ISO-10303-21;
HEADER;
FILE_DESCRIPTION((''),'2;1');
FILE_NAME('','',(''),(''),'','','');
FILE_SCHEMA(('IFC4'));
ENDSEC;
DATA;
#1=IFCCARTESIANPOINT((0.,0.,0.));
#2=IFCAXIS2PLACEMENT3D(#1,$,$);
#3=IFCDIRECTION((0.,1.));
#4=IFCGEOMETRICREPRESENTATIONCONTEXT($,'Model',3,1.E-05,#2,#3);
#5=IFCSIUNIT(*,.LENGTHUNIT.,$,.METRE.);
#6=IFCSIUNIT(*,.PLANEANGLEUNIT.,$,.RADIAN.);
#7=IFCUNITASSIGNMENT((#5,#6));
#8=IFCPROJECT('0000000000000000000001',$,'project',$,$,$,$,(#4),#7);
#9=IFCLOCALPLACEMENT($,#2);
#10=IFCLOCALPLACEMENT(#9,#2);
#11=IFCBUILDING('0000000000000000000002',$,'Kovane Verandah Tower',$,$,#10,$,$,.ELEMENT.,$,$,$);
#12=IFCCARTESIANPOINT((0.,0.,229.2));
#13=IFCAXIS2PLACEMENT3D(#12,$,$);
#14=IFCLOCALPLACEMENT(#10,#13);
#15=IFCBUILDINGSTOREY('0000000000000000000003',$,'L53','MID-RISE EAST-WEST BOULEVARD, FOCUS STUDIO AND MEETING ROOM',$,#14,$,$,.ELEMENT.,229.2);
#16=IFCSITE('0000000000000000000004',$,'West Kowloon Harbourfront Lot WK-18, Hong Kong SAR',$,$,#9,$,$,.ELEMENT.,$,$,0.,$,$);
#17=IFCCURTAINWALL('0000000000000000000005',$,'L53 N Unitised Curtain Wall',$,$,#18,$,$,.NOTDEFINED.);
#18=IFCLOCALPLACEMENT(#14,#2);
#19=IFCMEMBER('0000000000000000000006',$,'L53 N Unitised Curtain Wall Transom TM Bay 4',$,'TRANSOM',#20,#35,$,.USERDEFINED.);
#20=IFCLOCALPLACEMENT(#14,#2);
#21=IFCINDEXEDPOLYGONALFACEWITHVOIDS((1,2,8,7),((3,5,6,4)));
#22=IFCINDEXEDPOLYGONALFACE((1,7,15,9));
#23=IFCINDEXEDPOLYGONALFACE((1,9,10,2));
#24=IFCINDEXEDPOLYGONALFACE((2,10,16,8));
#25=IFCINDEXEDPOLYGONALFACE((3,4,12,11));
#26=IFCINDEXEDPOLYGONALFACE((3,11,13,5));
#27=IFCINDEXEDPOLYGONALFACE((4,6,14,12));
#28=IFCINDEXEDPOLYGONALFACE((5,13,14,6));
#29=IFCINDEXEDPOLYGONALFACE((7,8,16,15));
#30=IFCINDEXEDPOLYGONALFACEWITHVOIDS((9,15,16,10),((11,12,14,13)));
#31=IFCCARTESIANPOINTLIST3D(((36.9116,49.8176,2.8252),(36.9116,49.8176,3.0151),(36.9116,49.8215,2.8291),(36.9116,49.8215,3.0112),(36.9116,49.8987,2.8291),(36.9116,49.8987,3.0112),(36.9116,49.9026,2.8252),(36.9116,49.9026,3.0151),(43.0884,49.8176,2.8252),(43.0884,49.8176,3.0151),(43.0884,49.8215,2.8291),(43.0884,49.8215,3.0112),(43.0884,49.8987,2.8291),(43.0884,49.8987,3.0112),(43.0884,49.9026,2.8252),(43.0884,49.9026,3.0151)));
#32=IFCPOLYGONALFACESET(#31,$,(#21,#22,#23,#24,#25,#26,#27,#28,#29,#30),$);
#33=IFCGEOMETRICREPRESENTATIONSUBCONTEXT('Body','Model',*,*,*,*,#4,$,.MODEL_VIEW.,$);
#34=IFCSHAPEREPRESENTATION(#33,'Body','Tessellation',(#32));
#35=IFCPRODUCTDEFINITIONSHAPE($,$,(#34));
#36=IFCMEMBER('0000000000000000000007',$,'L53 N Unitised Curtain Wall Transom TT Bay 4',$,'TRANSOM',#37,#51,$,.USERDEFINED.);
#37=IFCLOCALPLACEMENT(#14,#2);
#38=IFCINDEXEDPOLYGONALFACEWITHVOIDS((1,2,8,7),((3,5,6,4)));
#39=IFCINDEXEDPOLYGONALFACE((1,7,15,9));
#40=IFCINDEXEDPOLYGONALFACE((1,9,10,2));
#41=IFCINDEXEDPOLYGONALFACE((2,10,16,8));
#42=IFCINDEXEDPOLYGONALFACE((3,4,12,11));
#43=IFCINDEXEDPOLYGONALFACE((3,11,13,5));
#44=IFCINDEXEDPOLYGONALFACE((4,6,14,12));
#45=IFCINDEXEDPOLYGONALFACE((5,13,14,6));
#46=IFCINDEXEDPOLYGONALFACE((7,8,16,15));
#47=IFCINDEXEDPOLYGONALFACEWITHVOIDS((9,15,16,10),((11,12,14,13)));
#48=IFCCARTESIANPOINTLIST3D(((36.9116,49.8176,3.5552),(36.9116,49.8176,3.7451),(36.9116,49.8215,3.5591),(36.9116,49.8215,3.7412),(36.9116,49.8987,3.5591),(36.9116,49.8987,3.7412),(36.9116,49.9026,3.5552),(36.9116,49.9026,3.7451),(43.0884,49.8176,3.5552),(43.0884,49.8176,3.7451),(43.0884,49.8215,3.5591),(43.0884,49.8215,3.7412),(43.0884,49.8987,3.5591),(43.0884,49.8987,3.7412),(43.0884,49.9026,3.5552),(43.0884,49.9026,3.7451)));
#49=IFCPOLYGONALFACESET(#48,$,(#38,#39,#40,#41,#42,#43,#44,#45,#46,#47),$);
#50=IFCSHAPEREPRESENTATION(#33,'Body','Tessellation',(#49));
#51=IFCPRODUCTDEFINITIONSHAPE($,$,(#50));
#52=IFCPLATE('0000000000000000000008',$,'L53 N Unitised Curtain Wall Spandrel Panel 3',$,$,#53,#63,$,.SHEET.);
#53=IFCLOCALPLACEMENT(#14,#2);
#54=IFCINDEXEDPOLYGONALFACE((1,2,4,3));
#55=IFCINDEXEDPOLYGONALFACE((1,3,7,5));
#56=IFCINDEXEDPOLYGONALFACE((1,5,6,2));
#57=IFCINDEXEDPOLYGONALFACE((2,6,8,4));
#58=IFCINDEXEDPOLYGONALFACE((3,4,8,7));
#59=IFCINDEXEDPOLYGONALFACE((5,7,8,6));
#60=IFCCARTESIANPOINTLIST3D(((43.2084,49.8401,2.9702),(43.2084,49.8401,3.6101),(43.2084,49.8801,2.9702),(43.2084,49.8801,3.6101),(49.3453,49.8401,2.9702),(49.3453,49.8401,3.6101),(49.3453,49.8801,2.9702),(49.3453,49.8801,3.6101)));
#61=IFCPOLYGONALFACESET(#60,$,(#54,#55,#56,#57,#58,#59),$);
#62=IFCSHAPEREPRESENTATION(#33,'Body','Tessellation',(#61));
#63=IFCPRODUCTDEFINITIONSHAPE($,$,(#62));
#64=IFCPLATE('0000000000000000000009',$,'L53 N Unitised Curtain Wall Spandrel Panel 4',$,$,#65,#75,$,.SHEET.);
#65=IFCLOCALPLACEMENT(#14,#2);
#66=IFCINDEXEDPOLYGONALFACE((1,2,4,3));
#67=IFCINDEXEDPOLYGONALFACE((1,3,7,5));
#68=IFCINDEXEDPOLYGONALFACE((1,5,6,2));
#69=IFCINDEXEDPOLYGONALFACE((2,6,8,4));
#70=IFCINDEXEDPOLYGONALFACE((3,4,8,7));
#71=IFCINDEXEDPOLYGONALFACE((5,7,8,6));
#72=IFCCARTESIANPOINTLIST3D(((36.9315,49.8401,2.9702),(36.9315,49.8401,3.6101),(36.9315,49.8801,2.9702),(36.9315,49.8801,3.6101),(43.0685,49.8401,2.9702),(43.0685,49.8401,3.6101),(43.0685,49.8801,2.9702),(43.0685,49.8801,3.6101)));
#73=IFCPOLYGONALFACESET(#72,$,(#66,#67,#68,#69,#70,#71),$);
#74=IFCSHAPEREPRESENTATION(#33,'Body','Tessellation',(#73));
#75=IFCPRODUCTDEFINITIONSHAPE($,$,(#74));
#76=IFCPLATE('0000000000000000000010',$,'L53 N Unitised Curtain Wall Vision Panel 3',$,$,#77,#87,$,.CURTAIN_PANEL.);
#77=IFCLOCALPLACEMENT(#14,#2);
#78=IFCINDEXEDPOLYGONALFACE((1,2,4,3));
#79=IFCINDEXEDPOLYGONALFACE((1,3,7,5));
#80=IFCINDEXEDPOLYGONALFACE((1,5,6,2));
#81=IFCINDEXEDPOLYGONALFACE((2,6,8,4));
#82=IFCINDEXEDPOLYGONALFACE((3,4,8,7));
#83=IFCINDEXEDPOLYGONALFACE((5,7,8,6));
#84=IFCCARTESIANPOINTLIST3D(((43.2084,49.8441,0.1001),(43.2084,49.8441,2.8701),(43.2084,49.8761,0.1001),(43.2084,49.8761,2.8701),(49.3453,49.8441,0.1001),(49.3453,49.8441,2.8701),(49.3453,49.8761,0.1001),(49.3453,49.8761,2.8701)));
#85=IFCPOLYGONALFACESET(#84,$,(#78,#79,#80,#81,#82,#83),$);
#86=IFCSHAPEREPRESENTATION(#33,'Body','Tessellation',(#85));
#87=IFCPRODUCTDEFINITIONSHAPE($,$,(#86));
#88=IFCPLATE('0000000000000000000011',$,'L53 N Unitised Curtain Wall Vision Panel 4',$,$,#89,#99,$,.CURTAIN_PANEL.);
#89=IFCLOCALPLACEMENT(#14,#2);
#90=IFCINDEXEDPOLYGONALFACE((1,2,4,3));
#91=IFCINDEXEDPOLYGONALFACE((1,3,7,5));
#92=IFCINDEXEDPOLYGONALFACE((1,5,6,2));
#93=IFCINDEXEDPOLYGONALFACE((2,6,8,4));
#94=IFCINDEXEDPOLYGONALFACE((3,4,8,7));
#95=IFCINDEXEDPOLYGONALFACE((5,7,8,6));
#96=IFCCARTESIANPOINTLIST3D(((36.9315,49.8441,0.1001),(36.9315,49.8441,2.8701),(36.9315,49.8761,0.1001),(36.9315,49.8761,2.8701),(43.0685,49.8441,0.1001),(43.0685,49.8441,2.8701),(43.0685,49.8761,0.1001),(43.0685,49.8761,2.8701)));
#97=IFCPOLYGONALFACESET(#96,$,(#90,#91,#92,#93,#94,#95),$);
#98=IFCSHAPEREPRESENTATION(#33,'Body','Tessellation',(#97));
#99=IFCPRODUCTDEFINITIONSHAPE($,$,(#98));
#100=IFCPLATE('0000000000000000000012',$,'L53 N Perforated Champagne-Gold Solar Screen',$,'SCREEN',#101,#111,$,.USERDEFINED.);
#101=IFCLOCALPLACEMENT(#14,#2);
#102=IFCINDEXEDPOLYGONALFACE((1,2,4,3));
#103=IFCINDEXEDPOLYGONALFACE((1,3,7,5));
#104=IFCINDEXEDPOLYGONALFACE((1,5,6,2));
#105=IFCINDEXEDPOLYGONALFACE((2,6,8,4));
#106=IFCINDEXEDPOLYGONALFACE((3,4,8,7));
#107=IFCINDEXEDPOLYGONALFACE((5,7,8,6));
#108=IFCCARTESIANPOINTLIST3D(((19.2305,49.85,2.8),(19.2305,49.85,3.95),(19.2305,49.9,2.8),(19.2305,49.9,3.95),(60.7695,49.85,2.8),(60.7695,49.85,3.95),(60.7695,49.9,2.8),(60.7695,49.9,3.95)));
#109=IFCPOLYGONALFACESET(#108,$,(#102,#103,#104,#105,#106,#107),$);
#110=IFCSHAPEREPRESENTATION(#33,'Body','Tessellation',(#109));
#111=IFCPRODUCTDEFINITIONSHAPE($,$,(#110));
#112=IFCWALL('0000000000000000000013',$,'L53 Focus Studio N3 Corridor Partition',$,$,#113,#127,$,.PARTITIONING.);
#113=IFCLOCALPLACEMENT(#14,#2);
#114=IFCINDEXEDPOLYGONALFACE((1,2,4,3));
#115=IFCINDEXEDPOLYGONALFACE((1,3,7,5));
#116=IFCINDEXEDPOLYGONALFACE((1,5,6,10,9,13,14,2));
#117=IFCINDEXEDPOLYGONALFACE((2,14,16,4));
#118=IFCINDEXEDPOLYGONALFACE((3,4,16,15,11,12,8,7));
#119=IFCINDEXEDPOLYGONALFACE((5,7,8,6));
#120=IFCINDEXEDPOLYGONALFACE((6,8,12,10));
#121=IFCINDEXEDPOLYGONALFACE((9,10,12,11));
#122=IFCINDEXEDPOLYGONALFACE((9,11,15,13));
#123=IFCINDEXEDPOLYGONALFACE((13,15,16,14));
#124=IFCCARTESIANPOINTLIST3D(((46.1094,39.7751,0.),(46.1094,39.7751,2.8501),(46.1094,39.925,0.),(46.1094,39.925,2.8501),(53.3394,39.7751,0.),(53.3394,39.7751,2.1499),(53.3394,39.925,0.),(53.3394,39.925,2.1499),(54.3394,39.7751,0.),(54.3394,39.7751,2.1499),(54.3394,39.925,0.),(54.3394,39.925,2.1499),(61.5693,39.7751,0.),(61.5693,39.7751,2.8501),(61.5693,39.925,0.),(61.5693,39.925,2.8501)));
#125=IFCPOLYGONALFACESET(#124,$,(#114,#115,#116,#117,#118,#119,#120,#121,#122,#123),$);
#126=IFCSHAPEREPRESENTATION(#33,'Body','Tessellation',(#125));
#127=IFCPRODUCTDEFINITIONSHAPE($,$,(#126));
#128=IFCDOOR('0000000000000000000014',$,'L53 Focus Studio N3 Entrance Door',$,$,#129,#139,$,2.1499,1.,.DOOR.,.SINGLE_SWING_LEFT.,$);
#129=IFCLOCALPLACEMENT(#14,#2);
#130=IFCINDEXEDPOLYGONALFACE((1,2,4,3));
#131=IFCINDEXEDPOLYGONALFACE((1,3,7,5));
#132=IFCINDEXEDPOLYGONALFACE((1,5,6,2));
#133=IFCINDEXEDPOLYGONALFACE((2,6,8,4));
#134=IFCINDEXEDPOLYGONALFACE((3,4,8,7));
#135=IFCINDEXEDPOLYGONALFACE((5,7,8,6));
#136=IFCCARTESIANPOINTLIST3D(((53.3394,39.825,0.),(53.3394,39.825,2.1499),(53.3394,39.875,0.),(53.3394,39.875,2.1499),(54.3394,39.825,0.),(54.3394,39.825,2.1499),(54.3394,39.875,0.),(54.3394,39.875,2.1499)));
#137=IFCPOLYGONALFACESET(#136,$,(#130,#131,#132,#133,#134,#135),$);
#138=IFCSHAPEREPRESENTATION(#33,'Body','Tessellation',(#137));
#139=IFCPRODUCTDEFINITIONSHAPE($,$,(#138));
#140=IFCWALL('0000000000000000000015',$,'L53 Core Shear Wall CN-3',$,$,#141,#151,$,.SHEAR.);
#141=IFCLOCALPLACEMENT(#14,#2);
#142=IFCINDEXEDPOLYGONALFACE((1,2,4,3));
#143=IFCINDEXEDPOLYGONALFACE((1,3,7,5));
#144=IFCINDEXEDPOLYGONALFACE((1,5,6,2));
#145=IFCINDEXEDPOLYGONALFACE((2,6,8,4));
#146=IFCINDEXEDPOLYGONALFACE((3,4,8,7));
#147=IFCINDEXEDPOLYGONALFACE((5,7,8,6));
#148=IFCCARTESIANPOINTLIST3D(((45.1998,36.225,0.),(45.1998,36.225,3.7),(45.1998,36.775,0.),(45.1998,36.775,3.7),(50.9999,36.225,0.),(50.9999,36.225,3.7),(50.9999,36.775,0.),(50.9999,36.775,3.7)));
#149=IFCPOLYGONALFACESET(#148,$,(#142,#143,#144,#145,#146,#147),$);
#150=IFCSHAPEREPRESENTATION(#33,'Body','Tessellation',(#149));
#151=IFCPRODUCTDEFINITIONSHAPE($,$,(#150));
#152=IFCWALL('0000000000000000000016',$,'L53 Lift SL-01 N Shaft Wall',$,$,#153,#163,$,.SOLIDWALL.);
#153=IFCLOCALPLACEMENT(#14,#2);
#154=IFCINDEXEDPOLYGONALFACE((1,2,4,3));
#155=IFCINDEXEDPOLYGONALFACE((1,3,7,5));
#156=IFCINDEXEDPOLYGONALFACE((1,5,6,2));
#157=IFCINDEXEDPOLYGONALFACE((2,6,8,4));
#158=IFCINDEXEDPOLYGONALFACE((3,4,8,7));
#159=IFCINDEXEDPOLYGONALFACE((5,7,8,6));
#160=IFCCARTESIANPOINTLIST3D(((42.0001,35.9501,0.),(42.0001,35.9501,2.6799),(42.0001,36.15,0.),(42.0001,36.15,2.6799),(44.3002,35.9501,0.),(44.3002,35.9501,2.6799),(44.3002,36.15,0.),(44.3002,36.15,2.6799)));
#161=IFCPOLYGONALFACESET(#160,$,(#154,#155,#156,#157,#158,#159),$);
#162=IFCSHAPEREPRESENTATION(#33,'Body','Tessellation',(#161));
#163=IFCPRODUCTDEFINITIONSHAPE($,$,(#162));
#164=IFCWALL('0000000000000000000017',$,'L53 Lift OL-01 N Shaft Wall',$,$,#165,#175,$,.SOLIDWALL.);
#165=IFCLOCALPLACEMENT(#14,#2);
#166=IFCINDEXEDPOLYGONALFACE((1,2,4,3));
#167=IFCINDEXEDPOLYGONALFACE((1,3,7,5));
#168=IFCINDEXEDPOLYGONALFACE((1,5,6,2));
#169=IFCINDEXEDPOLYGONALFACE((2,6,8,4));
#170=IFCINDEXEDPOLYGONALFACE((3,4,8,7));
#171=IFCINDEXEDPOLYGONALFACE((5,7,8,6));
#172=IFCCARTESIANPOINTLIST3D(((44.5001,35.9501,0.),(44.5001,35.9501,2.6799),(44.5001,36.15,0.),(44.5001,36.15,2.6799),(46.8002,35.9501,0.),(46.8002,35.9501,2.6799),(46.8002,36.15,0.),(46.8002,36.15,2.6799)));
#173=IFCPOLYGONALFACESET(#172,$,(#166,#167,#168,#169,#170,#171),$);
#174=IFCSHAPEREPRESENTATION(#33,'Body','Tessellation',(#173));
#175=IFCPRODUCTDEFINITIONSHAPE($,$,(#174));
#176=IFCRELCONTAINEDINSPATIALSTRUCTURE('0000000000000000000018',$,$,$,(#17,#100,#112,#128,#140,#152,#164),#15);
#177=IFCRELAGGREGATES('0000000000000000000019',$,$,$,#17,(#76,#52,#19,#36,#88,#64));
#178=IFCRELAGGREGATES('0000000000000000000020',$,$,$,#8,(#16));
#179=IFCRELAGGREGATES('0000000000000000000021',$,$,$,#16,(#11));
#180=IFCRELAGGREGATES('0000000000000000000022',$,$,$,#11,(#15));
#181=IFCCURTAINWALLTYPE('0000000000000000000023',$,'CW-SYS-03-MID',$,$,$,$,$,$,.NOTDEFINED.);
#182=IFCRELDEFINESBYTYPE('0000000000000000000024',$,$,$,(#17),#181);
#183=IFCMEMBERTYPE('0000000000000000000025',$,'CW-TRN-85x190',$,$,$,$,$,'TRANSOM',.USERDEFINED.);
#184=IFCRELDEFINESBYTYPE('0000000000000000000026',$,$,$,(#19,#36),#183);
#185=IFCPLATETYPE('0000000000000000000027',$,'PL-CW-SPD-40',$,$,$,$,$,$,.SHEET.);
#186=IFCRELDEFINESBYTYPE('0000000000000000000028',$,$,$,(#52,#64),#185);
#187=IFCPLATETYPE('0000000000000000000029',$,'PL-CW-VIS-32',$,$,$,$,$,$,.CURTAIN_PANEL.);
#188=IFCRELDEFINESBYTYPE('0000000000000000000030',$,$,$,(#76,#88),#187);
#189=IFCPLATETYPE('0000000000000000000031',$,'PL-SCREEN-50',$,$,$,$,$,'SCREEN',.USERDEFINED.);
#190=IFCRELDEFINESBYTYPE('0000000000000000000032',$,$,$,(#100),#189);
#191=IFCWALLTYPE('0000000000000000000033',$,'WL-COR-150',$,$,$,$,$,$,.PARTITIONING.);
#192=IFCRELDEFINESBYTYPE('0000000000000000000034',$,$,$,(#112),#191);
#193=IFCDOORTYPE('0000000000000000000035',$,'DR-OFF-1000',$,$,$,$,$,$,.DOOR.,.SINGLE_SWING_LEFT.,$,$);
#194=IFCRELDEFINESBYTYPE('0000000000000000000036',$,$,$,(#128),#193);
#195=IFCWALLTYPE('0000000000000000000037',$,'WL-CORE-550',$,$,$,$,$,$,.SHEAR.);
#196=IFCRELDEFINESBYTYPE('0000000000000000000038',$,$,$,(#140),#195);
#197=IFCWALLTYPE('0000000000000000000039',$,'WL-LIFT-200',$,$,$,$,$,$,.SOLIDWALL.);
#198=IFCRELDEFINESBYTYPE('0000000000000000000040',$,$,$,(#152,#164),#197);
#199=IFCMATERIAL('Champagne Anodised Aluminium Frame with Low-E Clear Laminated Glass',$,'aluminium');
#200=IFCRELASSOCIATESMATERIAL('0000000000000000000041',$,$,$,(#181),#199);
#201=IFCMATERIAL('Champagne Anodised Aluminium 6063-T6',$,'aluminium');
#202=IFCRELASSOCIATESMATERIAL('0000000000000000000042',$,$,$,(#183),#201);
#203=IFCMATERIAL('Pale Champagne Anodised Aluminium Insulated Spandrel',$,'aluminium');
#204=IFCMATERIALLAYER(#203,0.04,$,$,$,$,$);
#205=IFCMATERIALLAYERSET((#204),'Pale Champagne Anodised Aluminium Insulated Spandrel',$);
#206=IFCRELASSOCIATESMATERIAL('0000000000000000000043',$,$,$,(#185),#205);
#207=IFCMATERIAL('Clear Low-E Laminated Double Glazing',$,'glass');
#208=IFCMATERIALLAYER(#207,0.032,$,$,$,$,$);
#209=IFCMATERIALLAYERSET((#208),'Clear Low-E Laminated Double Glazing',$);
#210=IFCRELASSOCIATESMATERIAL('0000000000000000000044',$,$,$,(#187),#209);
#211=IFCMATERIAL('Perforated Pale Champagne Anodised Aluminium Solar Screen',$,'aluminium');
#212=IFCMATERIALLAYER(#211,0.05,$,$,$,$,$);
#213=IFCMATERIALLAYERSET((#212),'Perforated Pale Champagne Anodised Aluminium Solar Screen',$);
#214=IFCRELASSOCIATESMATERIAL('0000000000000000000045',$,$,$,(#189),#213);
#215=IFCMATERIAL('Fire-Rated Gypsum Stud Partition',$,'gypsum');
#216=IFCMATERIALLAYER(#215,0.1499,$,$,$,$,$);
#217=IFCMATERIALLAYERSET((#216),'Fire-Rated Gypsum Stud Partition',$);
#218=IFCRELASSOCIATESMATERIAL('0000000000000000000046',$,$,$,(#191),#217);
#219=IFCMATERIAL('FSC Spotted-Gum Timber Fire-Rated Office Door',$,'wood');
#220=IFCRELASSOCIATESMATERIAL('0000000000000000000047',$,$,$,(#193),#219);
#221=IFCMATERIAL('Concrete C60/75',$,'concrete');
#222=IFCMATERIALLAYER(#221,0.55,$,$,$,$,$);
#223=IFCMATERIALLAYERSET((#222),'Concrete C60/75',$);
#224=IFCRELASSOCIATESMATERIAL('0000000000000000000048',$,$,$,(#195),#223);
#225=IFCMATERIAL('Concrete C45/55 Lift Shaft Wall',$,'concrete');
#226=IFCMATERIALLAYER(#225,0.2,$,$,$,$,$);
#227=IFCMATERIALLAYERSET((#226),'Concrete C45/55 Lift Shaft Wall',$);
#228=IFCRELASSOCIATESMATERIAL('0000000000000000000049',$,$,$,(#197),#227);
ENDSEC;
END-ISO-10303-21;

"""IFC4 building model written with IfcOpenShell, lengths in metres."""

from ifc_helpers import new_model, si_unit, direction, frame, frame_2d, origin, origin_2d, place, context, subcontext, project, spatial, rectangle, hollow_rectangle, extrude, material, layer, layer_set, material_profile, profile_set, type_object, element, fill, aggregate, save


model = new_model("IFC4")

# Units and contexts
model_context = context("Model", 3, precision=1e-05, world=origin(), true_north=direction((0.0, 1.0)))
body_context = subcontext(model_context, "Body", "Model", "MODEL_VIEW")
ifc_project = project(units=[si_unit("LENGTHUNIT", "METRE"), si_unit("PLANEANGLEUNIT", "RADIAN")], contexts=[model_context])

# Site, building, storey
site_placement = place(None, origin())
site = spatial("IfcSite", under=ifc_project, at=site_placement, Name="West Kowloon Harbourfront Lot WK-18, Hong Kong SAR", CompositionType="ELEMENT", RefElevation=0.0)
building_placement = place(site_placement, origin())
building = spatial("IfcBuilding", under=site, at=building_placement, Name="Kovane Verandah Tower", CompositionType="ELEMENT")
storey_placement = place(building_placement, frame((0.0, 0.0, 229.2)))
storey = spatial("IfcBuildingStorey", under=building, at=storey_placement, Name="L53", Description="MID-RISE EAST-WEST BOULEVARD, FOCUS STUDIO AND MEETING ROOM", CompositionType="ELEMENT", Elevation=229.2)

# Shared definitions
ifc_material_1 = material(Name="Concrete C60/75", Category="concrete")

# Curtain wall, members, plates
ifc_material_2 = material(Name="Champagne Anodised Aluminium Frame with Low-E Clear Laminated Glass", Category="aluminium")
curtain_wall_type = type_object("IfcCurtainWallType", Name="CW-SYS-03-MID", PredefinedType="NOTDEFINED", material=ifc_material_2)
curtain_wall_placement = place(storey_placement, origin())
curtain_wall = element("IfcCurtainWall", 1, at=curtain_wall_placement, inside=storey, type_object=curtain_wall_type, Name="L53 N Unitised Curtain Wall", PredefinedType="NOTDEFINED")
ifc_material_3 = material(Name="Champagne Anodised Aluminium 6063-T6", Category="aluminium")
ifc_material_profile_1 = material_profile(ifc_material_3, hollow_rectangle(XDim=0.085, YDim=0.1899, WallThickness=0.0039, at=origin_2d()), Name="AL85x190x4")
ifc_profile_set_1 = profile_set([ifc_material_profile_1], Name="Champagne Anodised Aluminium 6063-T6")
member_type_1 = type_object("IfcMemberType", Name="CW-TRN-85x190", ElementType="TRANSOM", PredefinedType="USERDEFINED", material=ifc_profile_set_1)
member_1_placement = place(storey_placement, frame((43.0884, 49.8601, 2.9202), z_axis=(-1.0, 0.0, 0.0), x_axis=(0.0, -1.0, 0.0)))
member_1 = element("IfcMember", 2, at=member_1_placement, type_object=member_type_1, Name="L53 N Unitised Curtain Wall Transom TM Bay 4", ObjectType="TRANSOM", PredefinedType="USERDEFINED", context=body_context, shape_type="SweptSolid", body=[
    extrude(hollow_rectangle(XDim=0.085, YDim=0.1899, WallThickness=0.0039, at=origin_2d()), origin(), (0.0, 0.0, 1.0), 6.1768),
])
member_2_placement = place(storey_placement, frame((43.0884, 49.8601, 3.6501), z_axis=(-1.0, 0.0, 0.0), x_axis=(0.0, -1.0, 0.0)))
member_2 = element("IfcMember", 3, at=member_2_placement, type_object=member_type_1, Name="L53 N Unitised Curtain Wall Transom TT Bay 4", ObjectType="TRANSOM", PredefinedType="USERDEFINED", context=body_context, shape_type="SweptSolid", body=[
    extrude(hollow_rectangle(XDim=0.085, YDim=0.1899, WallThickness=0.0039, at=origin_2d()), origin(), (0.0, 0.0, 1.0), 6.1768),
])
ifc_material_4 = material(Name="Pale Champagne Anodised Aluminium Insulated Spandrel", Category="aluminium")
ifc_layer_1 = layer(ifc_material_4, 0.04)
ifc_layer_set_1 = layer_set([ifc_layer_1], Name="Pale Champagne Anodised Aluminium Insulated Spandrel")
plate_type_1 = type_object("IfcPlateType", Name="PL-CW-SPD-40", PredefinedType="SHEET", material=ifc_layer_set_1)
plate_1_placement = place(storey_placement, frame((46.2769, 49.8601, 2.9702), z_axis=(0.0, 0.0, 1.0), x_axis=(-1.0, 0.0, 0.0)))
plate_1 = element("IfcPlate", 4, at=plate_1_placement, type_object=plate_type_1, Name="L53 N Unitised Curtain Wall Spandrel Panel 3", PredefinedType="SHEET", context=body_context, shape_type="SweptSolid", body=[
    extrude(rectangle(XDim=6.137, YDim=0.04, at=origin_2d()), origin(), (0.0, 0.0, 1.0), 0.6399),
])
plate_2_placement = place(storey_placement, frame((40.0, 49.8601, 2.9702), z_axis=(0.0, 0.0, 1.0), x_axis=(-1.0, 0.0, 0.0)))
plate_2 = element("IfcPlate", 5, at=plate_2_placement, type_object=plate_type_1, Name="L53 N Unitised Curtain Wall Spandrel Panel 4", PredefinedType="SHEET", context=body_context, shape_type="SweptSolid", body=[
    extrude(rectangle(XDim=6.137, YDim=0.04, at=origin_2d()), origin(), (0.0, 0.0, 1.0), 0.6399),
])
ifc_material_5 = material(Name="Clear Low-E Laminated Double Glazing", Category="glass")
ifc_layer_2 = layer(ifc_material_5, 0.032)
ifc_layer_set_2 = layer_set([ifc_layer_2], Name="Clear Low-E Laminated Double Glazing")
plate_type_2 = type_object("IfcPlateType", Name="PL-CW-VIS-32", PredefinedType="CURTAIN_PANEL", material=ifc_layer_set_2)
plate_3_placement = place(storey_placement, frame((46.2769, 49.8601, 0.1001), z_axis=(0.0, 0.0, 1.0), x_axis=(-1.0, 0.0, 0.0)))
plate_3 = element("IfcPlate", 6, at=plate_3_placement, type_object=plate_type_2, Name="L53 N Unitised Curtain Wall Vision Panel 3", PredefinedType="CURTAIN_PANEL", context=body_context, shape_type="SweptSolid", body=[
    extrude(rectangle(XDim=6.137, YDim=0.032, at=origin_2d()), origin(), (0.0, 0.0, 1.0), 2.77),
])
plate_4_placement = place(storey_placement, frame((40.0, 49.8601, 0.1001), z_axis=(0.0, 0.0, 1.0), x_axis=(-1.0, 0.0, 0.0)))
plate_4 = element("IfcPlate", 7, at=plate_4_placement, type_object=plate_type_2, Name="L53 N Unitised Curtain Wall Vision Panel 4", PredefinedType="CURTAIN_PANEL", context=body_context, shape_type="SweptSolid", body=[
    extrude(rectangle(XDim=6.137, YDim=0.032, at=origin_2d()), origin(), (0.0, 0.0, 1.0), 2.77),
])
aggregate(curtain_wall, [plate_3, plate_1, member_1, member_2, plate_4, plate_2])

# Plate
ifc_material_6 = material(Name="Perforated Pale Champagne Anodised Aluminium Solar Screen", Category="aluminium")
ifc_layer_3 = layer(ifc_material_6, 0.05)
ifc_layer_set_3 = layer_set([ifc_layer_3], Name="Perforated Pale Champagne Anodised Aluminium Solar Screen")
plate_type_3 = type_object("IfcPlateType", Name="PL-SCREEN-50", ElementType="SCREEN", PredefinedType="USERDEFINED", material=ifc_layer_set_3)
plate_5_placement = place(storey_placement, frame((40.0, 49.875, 2.8), z_axis=(0.0, 0.0, 1.0), x_axis=(-1.0, 0.0, 0.0)))
element("IfcPlate", 8, at=plate_5_placement, inside=storey, type_object=plate_type_3, Name="L53 N Perforated Champagne-Gold Solar Screen", ObjectType="SCREEN", PredefinedType="USERDEFINED", context=body_context, shape_type="SweptSolid", body=[
    extrude(rectangle(XDim=41.5391, YDim=0.05, at=origin_2d()), origin(), (0.0, 0.0, 1.0), 1.1499),
])

# Wall, opening, door
ifc_material_7 = material(Name="Fire-Rated Gypsum Stud Partition", Category="gypsum")
ifc_layer_4 = layer(ifc_material_7, 0.1499)
ifc_layer_set_4 = layer_set([ifc_layer_4], Name="Fire-Rated Gypsum Stud Partition")
wall_type_1 = type_object("IfcWallType", Name="WL-COR-150", PredefinedType="PARTITIONING", material=ifc_layer_set_4)
wall_1_placement = place(storey_placement, frame((46.1094, 39.8501, 0.0), z_axis=(0.0, 0.0, 1.0), x_axis=(1.0, 0.0, 0.0)))
wall_1 = element("IfcWall", 9, at=wall_1_placement, inside=storey, type_object=wall_type_1, Name="L53 Focus Studio N3 Corridor Partition", PredefinedType="PARTITIONING", context=body_context, shape_type="SweptSolid", body=[
    extrude(rectangle(XDim=15.46, YDim=0.1499, at=frame_2d((7.73, 0.0))), origin(), (0.0, 0.0, 1.0), 2.8501),
])
opening_placement = place(wall_1_placement, frame((7.23, 0.0, 0.0)))
opening = element("IfcOpeningElement", 10, at=opening_placement, cuts=wall_1, PredefinedType="OPENING", context=body_context, shape_type="SweptSolid", body=[
    extrude(rectangle(XDim=1.0, YDim=2.1499, at=frame_2d((0.5, 1.075))), frame((0.0, 0.075, 0.0), z_axis=(0.0, -1.0, 0.0), x_axis=(1.0, 0.0, 0.0)), (0.0, 0.0, 1.0), 0.1499),
])
ifc_material_8 = material(Name="FSC Spotted-Gum Timber Fire-Rated Office Door", Category="wood")
door_type = type_object("IfcDoorType", Name="DR-OFF-1000", OperationType="SINGLE_SWING_LEFT", PredefinedType="DOOR", material=ifc_material_8)
door_placement = place(opening_placement, origin())
door = element("IfcDoor", 11, at=door_placement, inside=storey, type_object=door_type, Name="L53 Focus Studio N3 Entrance Door", OperationType="SINGLE_SWING_LEFT", OverallHeight=2.1499, OverallWidth=1.0, PredefinedType="DOOR", context=body_context, shape_type="SweptSolid", body=[
    extrude(rectangle(XDim=1.0, YDim=2.1499, at=frame_2d((0.5, 1.075))), frame((0.0, 0.0249, 0.0), z_axis=(0.0, -1.0, 0.0), x_axis=(1.0, 0.0, 0.0)), (0.0, 0.0, 1.0), 0.05),
])
fill(opening, door)

# Walls
ifc_layer_5 = layer(ifc_material_1, 0.55)
ifc_layer_set_5 = layer_set([ifc_layer_5], Name="Concrete C60/75")
wall_type_2 = type_object("IfcWallType", Name="WL-CORE-550", PredefinedType="SHEAR", material=ifc_layer_set_5)
wall_2_placement = place(storey_placement, frame((45.2, 36.5, 0.0), z_axis=(0.0, 0.0, 1.0), x_axis=(1.0, 0.0, 0.0)))
element("IfcWall", 12, at=wall_2_placement, inside=storey, type_object=wall_type_2, Name="L53 Core Shear Wall CN-3", PredefinedType="SHEAR", context=body_context, shape_type="SweptSolid", body=[
    extrude(rectangle(XDim=5.8, YDim=0.55, at=frame_2d((2.8999, 0.0))), origin(), (0.0, 0.0, 1.0), 3.7),
])
ifc_material_9 = material(Name="Concrete C45/55 Lift Shaft Wall", Category="concrete")
ifc_layer_6 = layer(ifc_material_9, 0.2)
ifc_layer_set_6 = layer_set([ifc_layer_6], Name="Concrete C45/55 Lift Shaft Wall")
wall_type_3 = type_object("IfcWallType", Name="WL-LIFT-200", PredefinedType="SOLIDWALL", material=ifc_layer_set_6)
for number, where, z_axis, x_axis, name in (
    (13, (44.3, 36.05, 0.0), (0.0, 0.0, 1.0), (-1.0, 0.0, 0.0), "L53 Lift SL-01 N Shaft Wall"),
    (14, (46.8, 36.05, 0.0), (0.0, 0.0, 1.0), (-1.0, 0.0, 0.0), "L53 Lift OL-01 N Shaft Wall"),
):
    element("IfcWall", number, at=place(storey_placement, frame(where, z_axis=z_axis, x_axis=x_axis)), inside=storey, type_object=wall_type_3, Name=name, PredefinedType="SOLIDWALL", context=body_context, shape_type="SweptSolid", body=[
        extrude(rectangle(XDim=2.3, YDim=0.2, at=frame_2d((1.1499, 0.0))), origin(), (0.0, 0.0, 1.0), 2.6799),
    ])

save(model, "model.ifc")
